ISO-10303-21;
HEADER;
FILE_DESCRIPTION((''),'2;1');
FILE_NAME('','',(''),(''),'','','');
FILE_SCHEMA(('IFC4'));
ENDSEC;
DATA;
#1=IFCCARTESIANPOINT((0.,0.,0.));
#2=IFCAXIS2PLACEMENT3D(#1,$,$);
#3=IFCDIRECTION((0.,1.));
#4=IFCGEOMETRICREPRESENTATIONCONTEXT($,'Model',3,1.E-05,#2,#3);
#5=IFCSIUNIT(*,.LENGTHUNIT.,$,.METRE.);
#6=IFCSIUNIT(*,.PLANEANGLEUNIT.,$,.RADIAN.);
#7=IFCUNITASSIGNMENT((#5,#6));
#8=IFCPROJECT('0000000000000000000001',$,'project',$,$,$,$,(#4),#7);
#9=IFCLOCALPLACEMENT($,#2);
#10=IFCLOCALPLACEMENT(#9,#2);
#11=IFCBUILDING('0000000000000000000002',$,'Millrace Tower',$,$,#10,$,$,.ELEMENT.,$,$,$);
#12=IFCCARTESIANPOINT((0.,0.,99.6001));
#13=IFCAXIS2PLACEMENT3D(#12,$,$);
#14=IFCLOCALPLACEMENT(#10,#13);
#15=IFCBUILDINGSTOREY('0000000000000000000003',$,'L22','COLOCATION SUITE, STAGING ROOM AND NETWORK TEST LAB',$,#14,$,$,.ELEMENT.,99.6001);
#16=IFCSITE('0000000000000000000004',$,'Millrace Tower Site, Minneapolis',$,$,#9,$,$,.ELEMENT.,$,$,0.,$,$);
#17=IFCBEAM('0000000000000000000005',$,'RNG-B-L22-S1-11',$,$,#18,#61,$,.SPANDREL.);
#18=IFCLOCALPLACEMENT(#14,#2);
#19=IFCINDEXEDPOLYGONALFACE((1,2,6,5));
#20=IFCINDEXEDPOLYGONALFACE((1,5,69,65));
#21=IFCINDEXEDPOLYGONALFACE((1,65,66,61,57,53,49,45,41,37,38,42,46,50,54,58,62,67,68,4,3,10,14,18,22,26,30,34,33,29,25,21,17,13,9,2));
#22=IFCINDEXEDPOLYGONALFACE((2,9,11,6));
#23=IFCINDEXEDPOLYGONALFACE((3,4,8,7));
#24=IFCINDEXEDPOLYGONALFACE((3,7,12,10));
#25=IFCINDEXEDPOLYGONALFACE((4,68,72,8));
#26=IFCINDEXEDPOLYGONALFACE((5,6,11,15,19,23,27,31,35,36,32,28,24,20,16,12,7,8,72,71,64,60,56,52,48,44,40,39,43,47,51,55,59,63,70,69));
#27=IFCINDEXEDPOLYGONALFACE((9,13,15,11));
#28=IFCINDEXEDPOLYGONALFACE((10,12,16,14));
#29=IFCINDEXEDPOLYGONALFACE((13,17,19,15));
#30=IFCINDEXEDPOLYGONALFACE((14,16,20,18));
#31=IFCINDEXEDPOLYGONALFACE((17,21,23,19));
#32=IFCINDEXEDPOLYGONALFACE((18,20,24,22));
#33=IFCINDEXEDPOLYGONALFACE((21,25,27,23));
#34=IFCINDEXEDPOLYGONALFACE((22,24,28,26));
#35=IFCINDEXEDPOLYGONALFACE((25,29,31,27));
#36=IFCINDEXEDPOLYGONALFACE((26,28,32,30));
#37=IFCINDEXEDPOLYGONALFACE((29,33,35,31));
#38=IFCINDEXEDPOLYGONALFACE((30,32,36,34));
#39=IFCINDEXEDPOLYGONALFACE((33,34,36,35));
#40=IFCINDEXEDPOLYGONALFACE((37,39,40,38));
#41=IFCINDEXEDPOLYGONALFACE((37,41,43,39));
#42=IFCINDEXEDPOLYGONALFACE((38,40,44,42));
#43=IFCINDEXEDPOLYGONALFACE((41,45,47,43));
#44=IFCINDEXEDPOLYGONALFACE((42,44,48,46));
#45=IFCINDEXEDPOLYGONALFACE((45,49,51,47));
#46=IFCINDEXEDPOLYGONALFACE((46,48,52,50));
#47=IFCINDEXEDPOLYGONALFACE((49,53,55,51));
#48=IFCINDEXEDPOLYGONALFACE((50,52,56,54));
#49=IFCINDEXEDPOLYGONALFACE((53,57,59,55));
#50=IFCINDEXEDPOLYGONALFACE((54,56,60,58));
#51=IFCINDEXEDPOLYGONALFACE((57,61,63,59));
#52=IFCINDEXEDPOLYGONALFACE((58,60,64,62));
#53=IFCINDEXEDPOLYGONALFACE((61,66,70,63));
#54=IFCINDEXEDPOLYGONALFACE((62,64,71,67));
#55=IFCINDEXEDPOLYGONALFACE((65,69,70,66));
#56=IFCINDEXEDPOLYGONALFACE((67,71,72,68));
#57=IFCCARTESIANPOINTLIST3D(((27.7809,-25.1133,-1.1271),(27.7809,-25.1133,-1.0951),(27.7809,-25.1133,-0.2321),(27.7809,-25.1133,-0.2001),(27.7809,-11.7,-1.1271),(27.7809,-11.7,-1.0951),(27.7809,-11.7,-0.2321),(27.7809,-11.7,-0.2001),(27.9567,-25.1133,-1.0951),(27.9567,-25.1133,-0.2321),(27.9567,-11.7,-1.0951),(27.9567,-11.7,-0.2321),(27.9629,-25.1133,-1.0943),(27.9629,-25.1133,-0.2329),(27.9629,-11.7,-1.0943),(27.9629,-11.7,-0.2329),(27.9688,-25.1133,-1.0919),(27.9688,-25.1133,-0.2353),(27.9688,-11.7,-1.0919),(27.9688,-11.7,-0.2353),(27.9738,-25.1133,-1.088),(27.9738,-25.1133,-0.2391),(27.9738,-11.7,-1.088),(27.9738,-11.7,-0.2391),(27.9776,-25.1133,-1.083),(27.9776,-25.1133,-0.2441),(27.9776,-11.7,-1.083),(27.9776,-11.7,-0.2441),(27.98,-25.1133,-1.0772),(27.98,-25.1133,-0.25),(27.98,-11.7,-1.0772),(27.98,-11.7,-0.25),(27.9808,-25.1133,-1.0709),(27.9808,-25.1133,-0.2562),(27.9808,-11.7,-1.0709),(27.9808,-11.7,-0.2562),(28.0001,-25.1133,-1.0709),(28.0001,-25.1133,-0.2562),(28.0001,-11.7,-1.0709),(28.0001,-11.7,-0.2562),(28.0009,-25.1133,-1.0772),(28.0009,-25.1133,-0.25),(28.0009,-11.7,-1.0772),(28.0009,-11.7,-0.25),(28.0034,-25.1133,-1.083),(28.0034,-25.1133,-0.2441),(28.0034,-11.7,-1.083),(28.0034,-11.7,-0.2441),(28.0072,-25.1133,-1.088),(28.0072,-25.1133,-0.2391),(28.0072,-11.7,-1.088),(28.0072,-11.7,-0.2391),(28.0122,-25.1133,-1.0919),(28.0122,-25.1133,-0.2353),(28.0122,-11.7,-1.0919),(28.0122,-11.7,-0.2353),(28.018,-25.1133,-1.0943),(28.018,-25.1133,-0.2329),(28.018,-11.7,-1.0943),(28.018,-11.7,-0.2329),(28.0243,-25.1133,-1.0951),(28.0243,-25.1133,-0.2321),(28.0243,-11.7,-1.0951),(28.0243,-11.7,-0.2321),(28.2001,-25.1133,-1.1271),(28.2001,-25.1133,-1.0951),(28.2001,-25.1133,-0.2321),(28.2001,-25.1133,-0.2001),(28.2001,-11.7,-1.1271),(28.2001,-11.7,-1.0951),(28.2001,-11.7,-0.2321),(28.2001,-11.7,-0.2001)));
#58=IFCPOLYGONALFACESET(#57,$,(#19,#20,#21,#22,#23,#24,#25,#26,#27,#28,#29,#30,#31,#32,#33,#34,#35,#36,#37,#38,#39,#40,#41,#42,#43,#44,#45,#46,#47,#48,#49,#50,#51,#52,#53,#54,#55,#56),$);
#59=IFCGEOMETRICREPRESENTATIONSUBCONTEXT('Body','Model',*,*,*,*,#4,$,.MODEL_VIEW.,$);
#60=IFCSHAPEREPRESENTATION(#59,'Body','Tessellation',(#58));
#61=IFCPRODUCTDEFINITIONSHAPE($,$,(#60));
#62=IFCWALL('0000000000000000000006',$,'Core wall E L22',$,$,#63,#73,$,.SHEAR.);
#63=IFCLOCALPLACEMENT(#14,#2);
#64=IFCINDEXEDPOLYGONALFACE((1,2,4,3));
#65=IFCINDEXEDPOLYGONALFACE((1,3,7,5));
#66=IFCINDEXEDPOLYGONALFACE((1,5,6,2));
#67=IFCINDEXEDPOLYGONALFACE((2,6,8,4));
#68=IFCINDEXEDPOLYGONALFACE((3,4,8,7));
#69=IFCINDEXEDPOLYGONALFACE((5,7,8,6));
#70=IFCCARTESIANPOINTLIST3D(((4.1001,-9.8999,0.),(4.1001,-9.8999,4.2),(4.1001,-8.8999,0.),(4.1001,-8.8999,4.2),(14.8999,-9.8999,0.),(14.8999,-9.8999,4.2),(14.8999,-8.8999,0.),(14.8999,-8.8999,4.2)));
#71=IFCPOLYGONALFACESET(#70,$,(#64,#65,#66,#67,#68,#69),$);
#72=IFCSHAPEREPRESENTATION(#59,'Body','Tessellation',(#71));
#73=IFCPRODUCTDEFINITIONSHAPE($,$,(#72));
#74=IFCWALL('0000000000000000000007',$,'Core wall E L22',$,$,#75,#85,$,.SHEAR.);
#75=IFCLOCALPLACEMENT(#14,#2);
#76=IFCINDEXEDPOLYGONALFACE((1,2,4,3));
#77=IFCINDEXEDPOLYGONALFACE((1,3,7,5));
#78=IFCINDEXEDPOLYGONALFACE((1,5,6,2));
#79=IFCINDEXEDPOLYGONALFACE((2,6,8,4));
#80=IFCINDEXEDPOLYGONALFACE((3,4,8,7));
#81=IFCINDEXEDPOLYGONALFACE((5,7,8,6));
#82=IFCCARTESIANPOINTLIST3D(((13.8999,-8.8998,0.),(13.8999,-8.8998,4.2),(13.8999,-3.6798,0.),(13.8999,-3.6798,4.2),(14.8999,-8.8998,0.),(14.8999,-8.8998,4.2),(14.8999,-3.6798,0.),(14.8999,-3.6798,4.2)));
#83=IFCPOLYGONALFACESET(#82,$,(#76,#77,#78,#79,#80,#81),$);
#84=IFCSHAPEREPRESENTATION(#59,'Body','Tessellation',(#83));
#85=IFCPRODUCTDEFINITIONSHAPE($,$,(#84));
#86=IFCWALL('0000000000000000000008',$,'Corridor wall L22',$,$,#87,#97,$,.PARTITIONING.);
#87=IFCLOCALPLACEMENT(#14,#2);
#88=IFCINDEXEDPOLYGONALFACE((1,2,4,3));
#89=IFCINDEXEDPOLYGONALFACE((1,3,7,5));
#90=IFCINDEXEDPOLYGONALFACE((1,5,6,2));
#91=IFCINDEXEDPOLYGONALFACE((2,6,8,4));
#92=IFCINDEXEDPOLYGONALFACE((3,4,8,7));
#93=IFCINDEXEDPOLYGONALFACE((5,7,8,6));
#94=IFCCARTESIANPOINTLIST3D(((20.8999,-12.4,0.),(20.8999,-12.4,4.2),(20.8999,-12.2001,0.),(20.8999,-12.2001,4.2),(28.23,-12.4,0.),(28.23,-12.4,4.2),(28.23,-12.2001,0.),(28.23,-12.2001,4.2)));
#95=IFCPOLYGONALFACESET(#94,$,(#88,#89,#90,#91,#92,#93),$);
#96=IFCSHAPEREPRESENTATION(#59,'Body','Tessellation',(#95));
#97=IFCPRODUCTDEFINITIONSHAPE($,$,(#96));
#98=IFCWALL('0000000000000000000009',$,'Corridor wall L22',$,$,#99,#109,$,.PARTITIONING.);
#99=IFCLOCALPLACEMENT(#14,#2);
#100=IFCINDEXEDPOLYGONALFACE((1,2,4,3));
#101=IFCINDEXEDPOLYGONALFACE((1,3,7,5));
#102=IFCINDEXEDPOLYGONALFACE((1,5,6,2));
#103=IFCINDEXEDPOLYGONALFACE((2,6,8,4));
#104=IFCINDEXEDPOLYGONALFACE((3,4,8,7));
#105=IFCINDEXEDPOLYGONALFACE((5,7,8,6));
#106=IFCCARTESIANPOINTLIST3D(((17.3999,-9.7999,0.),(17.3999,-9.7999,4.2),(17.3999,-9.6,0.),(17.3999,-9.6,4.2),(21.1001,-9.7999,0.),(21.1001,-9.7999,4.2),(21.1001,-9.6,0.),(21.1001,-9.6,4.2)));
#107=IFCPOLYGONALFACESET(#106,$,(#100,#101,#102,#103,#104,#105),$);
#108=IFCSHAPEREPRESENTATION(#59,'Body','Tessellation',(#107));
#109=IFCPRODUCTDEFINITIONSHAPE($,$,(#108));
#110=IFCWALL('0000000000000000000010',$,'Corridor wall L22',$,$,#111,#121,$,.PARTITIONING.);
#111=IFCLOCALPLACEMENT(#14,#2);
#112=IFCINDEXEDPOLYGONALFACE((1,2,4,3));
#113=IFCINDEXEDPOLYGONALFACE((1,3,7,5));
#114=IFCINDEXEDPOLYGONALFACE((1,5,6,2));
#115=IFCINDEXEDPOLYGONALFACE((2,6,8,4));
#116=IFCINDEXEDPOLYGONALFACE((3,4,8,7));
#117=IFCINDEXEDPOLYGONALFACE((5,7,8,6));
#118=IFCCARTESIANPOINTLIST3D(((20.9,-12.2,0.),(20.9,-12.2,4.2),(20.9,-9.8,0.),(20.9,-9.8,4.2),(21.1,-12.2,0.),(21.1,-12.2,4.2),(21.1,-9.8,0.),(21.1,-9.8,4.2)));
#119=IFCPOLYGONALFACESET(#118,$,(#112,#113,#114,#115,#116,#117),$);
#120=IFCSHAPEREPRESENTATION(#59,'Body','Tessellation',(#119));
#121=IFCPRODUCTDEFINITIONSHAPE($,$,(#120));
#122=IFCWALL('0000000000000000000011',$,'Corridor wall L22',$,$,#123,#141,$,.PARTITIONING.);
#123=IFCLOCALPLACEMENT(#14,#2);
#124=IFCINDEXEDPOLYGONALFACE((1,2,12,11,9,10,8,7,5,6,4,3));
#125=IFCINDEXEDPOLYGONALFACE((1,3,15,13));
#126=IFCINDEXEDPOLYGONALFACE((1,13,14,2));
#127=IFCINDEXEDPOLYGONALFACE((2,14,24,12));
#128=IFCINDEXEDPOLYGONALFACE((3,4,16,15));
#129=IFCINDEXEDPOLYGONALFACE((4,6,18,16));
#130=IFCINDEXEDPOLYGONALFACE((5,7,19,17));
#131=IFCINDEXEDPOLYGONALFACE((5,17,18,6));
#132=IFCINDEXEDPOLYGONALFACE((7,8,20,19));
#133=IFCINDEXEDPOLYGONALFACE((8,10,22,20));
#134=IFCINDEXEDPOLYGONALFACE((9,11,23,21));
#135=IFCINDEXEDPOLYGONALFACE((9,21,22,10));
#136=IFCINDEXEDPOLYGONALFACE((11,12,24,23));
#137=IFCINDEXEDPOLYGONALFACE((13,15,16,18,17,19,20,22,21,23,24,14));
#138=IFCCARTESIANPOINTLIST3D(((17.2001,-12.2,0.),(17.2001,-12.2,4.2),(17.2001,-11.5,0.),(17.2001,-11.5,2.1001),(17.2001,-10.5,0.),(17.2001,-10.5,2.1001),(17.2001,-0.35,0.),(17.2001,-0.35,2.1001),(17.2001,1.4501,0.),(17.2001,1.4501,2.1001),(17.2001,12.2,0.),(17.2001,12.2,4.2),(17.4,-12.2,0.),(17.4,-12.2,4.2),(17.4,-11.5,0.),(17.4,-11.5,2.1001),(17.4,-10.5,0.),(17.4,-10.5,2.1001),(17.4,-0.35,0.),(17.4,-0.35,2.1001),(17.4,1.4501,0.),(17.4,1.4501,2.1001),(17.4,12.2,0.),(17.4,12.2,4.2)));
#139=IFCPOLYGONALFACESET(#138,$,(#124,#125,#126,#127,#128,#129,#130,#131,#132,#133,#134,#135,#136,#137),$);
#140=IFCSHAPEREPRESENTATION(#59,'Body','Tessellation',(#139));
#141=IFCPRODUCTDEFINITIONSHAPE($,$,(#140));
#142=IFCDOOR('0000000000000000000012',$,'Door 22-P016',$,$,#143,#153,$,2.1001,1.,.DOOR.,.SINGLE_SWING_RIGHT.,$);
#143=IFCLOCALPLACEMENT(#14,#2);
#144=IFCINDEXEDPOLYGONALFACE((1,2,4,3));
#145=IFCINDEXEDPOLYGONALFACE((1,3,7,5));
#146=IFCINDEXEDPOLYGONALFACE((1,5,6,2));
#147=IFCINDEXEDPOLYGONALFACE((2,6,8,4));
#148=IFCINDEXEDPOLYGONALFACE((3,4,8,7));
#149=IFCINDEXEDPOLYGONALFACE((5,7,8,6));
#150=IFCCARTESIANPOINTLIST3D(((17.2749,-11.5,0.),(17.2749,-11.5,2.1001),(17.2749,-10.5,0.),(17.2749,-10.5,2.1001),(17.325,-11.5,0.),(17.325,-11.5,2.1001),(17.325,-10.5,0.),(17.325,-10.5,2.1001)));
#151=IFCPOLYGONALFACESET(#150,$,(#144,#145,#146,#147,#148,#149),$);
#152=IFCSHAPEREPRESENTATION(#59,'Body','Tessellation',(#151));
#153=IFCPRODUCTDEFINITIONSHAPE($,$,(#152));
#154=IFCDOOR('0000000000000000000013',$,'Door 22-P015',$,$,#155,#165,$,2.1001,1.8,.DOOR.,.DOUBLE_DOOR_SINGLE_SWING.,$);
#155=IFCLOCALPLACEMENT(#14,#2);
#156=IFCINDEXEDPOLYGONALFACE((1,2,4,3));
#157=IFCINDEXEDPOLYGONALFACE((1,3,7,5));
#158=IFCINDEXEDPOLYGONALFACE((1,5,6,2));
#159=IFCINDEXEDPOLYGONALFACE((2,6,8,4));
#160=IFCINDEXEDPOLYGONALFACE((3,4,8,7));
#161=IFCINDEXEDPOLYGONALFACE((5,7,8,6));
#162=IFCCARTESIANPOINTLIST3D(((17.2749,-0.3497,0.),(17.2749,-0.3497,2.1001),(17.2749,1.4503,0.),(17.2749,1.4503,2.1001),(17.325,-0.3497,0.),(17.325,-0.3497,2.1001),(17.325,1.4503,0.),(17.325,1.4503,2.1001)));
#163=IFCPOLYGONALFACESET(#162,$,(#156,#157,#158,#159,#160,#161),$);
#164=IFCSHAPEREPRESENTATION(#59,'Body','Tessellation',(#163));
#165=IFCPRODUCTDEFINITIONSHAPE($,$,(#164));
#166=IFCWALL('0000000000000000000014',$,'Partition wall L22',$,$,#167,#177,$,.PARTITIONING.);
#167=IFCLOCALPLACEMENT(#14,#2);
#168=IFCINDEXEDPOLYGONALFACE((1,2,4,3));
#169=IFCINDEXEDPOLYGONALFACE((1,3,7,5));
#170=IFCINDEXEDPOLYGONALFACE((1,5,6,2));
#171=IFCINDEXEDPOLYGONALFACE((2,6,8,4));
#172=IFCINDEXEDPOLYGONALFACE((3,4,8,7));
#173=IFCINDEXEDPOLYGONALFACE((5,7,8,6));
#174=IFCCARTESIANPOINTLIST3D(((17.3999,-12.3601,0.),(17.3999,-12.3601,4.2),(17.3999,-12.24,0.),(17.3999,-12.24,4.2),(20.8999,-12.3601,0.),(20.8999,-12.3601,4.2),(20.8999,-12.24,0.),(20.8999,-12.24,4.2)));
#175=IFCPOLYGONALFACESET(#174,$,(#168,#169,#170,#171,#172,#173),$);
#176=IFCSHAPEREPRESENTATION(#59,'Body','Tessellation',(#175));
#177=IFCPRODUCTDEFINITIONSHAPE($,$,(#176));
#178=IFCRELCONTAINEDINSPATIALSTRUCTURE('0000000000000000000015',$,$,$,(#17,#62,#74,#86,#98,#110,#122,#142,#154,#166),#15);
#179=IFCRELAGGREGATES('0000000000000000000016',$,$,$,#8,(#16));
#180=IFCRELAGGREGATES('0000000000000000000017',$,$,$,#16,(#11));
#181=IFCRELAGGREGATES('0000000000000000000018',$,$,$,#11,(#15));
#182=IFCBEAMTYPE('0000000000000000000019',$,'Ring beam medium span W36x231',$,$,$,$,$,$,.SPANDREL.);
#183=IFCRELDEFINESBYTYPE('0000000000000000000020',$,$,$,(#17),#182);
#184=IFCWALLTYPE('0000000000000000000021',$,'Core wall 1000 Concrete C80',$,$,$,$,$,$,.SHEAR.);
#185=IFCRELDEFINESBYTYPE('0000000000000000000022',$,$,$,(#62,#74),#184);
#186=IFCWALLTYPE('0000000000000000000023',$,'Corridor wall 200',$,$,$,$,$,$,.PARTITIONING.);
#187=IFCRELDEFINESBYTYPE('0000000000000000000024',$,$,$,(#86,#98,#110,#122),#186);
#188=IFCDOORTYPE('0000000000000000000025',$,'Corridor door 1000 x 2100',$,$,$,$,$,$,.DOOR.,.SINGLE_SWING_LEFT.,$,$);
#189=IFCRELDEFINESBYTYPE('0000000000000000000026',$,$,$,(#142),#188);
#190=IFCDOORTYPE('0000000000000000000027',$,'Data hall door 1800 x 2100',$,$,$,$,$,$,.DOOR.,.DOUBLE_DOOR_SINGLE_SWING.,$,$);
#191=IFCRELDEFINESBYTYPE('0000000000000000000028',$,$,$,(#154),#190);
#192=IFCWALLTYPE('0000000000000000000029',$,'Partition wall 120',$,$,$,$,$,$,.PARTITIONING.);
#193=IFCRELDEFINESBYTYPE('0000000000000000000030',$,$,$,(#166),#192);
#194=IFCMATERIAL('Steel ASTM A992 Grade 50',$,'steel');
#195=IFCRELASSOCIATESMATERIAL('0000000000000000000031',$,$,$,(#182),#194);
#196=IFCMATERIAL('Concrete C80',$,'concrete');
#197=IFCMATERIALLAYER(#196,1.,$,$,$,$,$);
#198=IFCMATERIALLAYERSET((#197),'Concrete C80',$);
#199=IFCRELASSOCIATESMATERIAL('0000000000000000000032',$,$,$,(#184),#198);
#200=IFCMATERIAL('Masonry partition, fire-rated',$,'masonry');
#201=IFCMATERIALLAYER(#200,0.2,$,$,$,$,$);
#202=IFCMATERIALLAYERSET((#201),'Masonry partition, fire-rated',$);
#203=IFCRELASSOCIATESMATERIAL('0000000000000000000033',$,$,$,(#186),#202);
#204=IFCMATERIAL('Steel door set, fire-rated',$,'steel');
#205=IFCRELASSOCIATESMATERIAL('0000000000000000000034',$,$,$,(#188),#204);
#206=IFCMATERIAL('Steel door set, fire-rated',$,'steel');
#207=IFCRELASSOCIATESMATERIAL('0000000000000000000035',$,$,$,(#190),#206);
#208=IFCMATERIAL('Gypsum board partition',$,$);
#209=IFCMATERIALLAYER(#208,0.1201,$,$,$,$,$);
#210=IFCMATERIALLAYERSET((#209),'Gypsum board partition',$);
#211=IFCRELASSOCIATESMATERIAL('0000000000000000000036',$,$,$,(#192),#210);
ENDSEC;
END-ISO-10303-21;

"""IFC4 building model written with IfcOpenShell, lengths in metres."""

from ifc_helpers import new_model, si_unit, direction, frame, frame_2d, origin, origin_2d, place, context, subcontext, project, spatial, rectangle, i_section, extrude, material, layer, layer_set, material_profile, profile_set, type_object, element, fill, save


model = new_model("IFC4")

# Units and contexts
model_context = context("Model", 3, precision=1e-05, world=origin(), true_north=direction((0.0, 1.0)))
body_context = subcontext(model_context, "Body", "Model", "MODEL_VIEW")
ifc_project = project(units=[si_unit("LENGTHUNIT", "METRE"), si_unit("PLANEANGLEUNIT", "RADIAN")], contexts=[model_context])

# Site, building, storey
site_placement = place(None, origin())
site = spatial("IfcSite", under=ifc_project, at=site_placement, Name="Millrace Tower Site, Minneapolis", CompositionType="ELEMENT", RefElevation=0.0)
building_placement = place(site_placement, origin())
building = spatial("IfcBuilding", under=site, at=building_placement, Name="Millrace Tower", CompositionType="ELEMENT")
storey_placement = place(building_placement, frame((0.0, 0.0, 99.6001)))
storey = spatial("IfcBuildingStorey", under=building, at=storey_placement, Name="L22", Description="COLOCATION SUITE, STAGING ROOM AND NETWORK TEST LAB", CompositionType="ELEMENT", Elevation=99.6001)

# Beam
ifc_material_1 = material(Name="Steel ASTM A992 Grade 50", Category="steel")
ifc_material_profile_1 = material_profile(ifc_material_1, i_section(OverallWidth=0.4192, OverallDepth=0.927, WebThickness=0.0193, FlangeThickness=0.032, FilletRadius=0.0242, at=origin_2d()))
ifc_profile_set_1 = profile_set([ifc_material_profile_1], Name="Steel ASTM A992 Grade 50")
beam_type_1 = type_object("IfcBeamType", Name="Ring beam medium span W36x231", PredefinedType="SPANDREL", material=ifc_profile_set_1)
beam_1_placement = place(storey_placement, frame((27.9905, -11.7, -0.6636), z_axis=(0.0, -1.0, 0.0), x_axis=(1.0, 0.0, 0.0)))
element("IfcBeam", 1, at=beam_1_placement, inside=storey, type_object=beam_type_1, Name="RNG-B-L22-S1-11", PredefinedType="SPANDREL", context=body_context, shape_type="SweptSolid", body=[
    extrude(i_section(OverallWidth=0.4192, OverallDepth=0.927, WebThickness=0.0193, FlangeThickness=0.032, FilletRadius=0.0242, at=origin_2d()), origin(), (0.0, 0.0, 1.0), 13.4133),
])

# Walls
ifc_material_2 = material(Name="Concrete C80", Category="concrete")
ifc_layer_1 = layer(ifc_material_2, 1.0)
ifc_layer_set_1 = layer_set([ifc_layer_1], Name="Concrete C80")
wall_type_1 = type_object("IfcWallType", Name="Core wall 1000 Concrete C80", PredefinedType="SHEAR", material=ifc_layer_set_1)
wall_1_placement = place(storey_placement, frame((14.8999, -9.3999, 0.0), z_axis=(0.0, 0.0, 1.0), x_axis=(-1.0, 0.0, 0.0)))
element("IfcWall", 2, at=wall_1_placement, inside=storey, type_object=wall_type_1, Name="Core wall E L22", PredefinedType="SHEAR", context=body_context, shape_type="SweptSolid", body=[
    extrude(rectangle(XDim=10.7998, YDim=1.0, at=frame_2d((5.3999, 0.0))), origin(), (0.0, 0.0, 1.0), 4.2),
])
wall_2_placement = place(storey_placement, frame((14.3999, -3.6799, 0.0), z_axis=(0.0, 0.0, 1.0), x_axis=(0.0, -1.0, 0.0)))
element("IfcWall", 3, at=wall_2_placement, inside=storey, type_object=wall_type_1, Name="Core wall E L22", PredefinedType="SHEAR", context=body_context, shape_type="SweptSolid", body=[
    extrude(rectangle(XDim=5.22, YDim=1.0, at=frame_2d((2.6099, 0.0))), origin(), (0.0, 0.0, 1.0), 4.2),
])
ifc_material_3 = material(Name="Masonry partition, fire-rated", Category="masonry")
ifc_layer_2 = layer(ifc_material_3, 0.2)
ifc_layer_set_2 = layer_set([ifc_layer_2], Name="Masonry partition, fire-rated")
wall_type_2 = type_object("IfcWallType", Name="Corridor wall 200", PredefinedType="PARTITIONING", material=ifc_layer_set_2)
wall_3_placement = place(storey_placement, frame((20.8999, -12.3, 0.0), z_axis=(0.0, 0.0, 1.0), x_axis=(1.0, 0.0, 0.0)))
element("IfcWall", 4, at=wall_3_placement, inside=storey, type_object=wall_type_2, Name="Corridor wall L22", PredefinedType="PARTITIONING", context=body_context, shape_type="SweptSolid", body=[
    extrude(rectangle(XDim=7.3301, YDim=0.2, at=frame_2d((3.665, 0.0))), origin(), (0.0, 0.0, 1.0), 4.2),
])
wall_4_placement = place(storey_placement, frame((17.3999, -9.7, 0.0), z_axis=(0.0, 0.0, 1.0), x_axis=(1.0, 0.0, 0.0)))
element("IfcWall", 5, at=wall_4_placement, inside=storey, type_object=wall_type_2, Name="Corridor wall L22", PredefinedType="PARTITIONING", context=body_context, shape_type="SweptSolid", body=[
    extrude(rectangle(XDim=3.7002, YDim=0.2, at=frame_2d((1.8501, 0.0))), origin(), (0.0, 0.0, 1.0), 4.2),
])
wall_5_placement = place(storey_placement, frame((21.0, -12.2, 0.0), z_axis=(0.0, 0.0, 1.0), x_axis=(0.0, 1.0, 0.0)))
element("IfcWall", 6, at=wall_5_placement, inside=storey, type_object=wall_type_2, Name="Corridor wall L22", PredefinedType="PARTITIONING", context=body_context, shape_type="SweptSolid", body=[
    extrude(rectangle(XDim=2.3999, YDim=0.2, at=frame_2d((1.2, 0.0))), origin(), (0.0, 0.0, 1.0), 4.2),
])

# Wall, openings, doors
wall_6_placement = place(storey_placement, frame((17.3, -12.2, 0.0), z_axis=(0.0, 0.0, 1.0), x_axis=(0.0, 1.0, 0.0)))
wall_6 = element("IfcWall", 7, at=wall_6_placement, inside=storey, type_object=wall_type_2, Name="Corridor wall L22", PredefinedType="PARTITIONING", context=body_context, shape_type="SweptSolid", body=[
    extrude(rectangle(XDim=24.3999, YDim=0.2, at=frame_2d((12.2, 0.0))), origin(), (0.0, 0.0, 1.0), 4.2),
])
opening_1_placement = place(wall_6_placement, frame((11.8501, 0.0, 0.0)))
opening_1 = element("IfcOpeningElement", 8, at=opening_1_placement, cuts=wall_6, PredefinedType="OPENING", context=body_context, shape_type="SweptSolid", body=[
    extrude(rectangle(XDim=1.8, YDim=2.1001, at=frame_2d((0.8999, 1.05))), frame((0.0, 0.1099, 0.0), z_axis=(0.0, -1.0, 0.0), x_axis=(1.0, 0.0, 0.0)), (0.0, 0.0, 1.0), 0.22),
])
opening_2_placement = place(wall_6_placement, frame((0.7, 0.0, 0.0)))
opening_2 = element("IfcOpeningElement", 9, at=opening_2_placement, cuts=wall_6, PredefinedType="OPENING", context=body_context, shape_type="SweptSolid", body=[
    extrude(rectangle(XDim=1.0, YDim=2.1001, at=frame_2d((0.5, 1.05))), frame((0.0, 0.1099, 0.0), z_axis=(0.0, -1.0, 0.0), x_axis=(1.0, 0.0, 0.0)), (0.0, 0.0, 1.0), 0.22),
])
ifc_material_4 = material(Name="Steel door set, fire-rated", Category="steel")
door_type_1 = type_object("IfcDoorType", Name="Corridor door 1000 x 2100", OperationType="SINGLE_SWING_LEFT", PredefinedType="DOOR", material=ifc_material_4)
door_1_placement = place(opening_2_placement, frame((1.0, 0.0, 0.0), z_axis=(0.0, 0.0, 1.0), x_axis=(-1.0, 0.0, 0.0)))
door_1 = element("IfcDoor", 10, at=door_1_placement, inside=storey, type_object=door_type_1, Name="Door 22-P016", OperationType="SINGLE_SWING_RIGHT", OverallHeight=2.1001, OverallWidth=1.0, PredefinedType="DOOR", context=body_context, shape_type="SweptSolid", body=[
    extrude(rectangle(XDim=1.0, YDim=2.1001, at=frame_2d((0.5, 1.05))), frame((0.0, 0.0249, 0.0), z_axis=(0.0, -1.0, 0.0), x_axis=(1.0, 0.0, 0.0)), (0.0, 0.0, 1.0), 0.05),
])
fill(opening_2, door_1)
ifc_material_5 = material(Name="Steel door set, fire-rated", Category="steel")
door_type_2 = type_object("IfcDoorType", Name="Data hall door 1800 x 2100", OperationType="DOUBLE_DOOR_SINGLE_SWING", PredefinedType="DOOR", material=ifc_material_5)
door_2_placement = place(opening_1_placement, frame((1.8, 0.0, 0.0), z_axis=(0.0, 0.0, 1.0), x_axis=(-1.0, 0.0, 0.0)))
door_2 = element("IfcDoor", 11, at=door_2_placement, inside=storey, type_object=door_type_2, Name="Door 22-P015", OperationType="DOUBLE_DOOR_SINGLE_SWING", OverallHeight=2.1001, OverallWidth=1.8, PredefinedType="DOOR", context=body_context, shape_type="SweptSolid", body=[
    extrude(rectangle(XDim=1.8, YDim=2.1001, at=frame_2d((0.8999, 1.05))), frame((0.0, 0.0249, 0.0), z_axis=(0.0, -1.0, 0.0), x_axis=(1.0, 0.0, 0.0)), (0.0, 0.0, 1.0), 0.05),
])
fill(opening_1, door_2)

# Wall
ifc_material_6 = material(Name="Gypsum board partition")
ifc_layer_3 = layer(ifc_material_6, 0.1201)
ifc_layer_set_3 = layer_set([ifc_layer_3], Name="Gypsum board partition")
wall_type_3 = type_object("IfcWallType", Name="Partition wall 120", PredefinedType="PARTITIONING", material=ifc_layer_set_3)
wall_7_placement = place(storey_placement, frame((17.3999, -12.3, 0.0), z_axis=(0.0, 0.0, 1.0), x_axis=(1.0, 0.0, 0.0)))
element("IfcWall", 12, at=wall_7_placement, inside=storey, type_object=wall_type_3, Name="Partition wall L22", PredefinedType="PARTITIONING", context=body_context, shape_type="SweptSolid", body=[
    extrude(rectangle(XDim=3.5, YDim=0.1201, at=frame_2d((1.75, 0.0))), origin(), (0.0, 0.0, 1.0), 4.2),
])

save(model, "model.ifc")
